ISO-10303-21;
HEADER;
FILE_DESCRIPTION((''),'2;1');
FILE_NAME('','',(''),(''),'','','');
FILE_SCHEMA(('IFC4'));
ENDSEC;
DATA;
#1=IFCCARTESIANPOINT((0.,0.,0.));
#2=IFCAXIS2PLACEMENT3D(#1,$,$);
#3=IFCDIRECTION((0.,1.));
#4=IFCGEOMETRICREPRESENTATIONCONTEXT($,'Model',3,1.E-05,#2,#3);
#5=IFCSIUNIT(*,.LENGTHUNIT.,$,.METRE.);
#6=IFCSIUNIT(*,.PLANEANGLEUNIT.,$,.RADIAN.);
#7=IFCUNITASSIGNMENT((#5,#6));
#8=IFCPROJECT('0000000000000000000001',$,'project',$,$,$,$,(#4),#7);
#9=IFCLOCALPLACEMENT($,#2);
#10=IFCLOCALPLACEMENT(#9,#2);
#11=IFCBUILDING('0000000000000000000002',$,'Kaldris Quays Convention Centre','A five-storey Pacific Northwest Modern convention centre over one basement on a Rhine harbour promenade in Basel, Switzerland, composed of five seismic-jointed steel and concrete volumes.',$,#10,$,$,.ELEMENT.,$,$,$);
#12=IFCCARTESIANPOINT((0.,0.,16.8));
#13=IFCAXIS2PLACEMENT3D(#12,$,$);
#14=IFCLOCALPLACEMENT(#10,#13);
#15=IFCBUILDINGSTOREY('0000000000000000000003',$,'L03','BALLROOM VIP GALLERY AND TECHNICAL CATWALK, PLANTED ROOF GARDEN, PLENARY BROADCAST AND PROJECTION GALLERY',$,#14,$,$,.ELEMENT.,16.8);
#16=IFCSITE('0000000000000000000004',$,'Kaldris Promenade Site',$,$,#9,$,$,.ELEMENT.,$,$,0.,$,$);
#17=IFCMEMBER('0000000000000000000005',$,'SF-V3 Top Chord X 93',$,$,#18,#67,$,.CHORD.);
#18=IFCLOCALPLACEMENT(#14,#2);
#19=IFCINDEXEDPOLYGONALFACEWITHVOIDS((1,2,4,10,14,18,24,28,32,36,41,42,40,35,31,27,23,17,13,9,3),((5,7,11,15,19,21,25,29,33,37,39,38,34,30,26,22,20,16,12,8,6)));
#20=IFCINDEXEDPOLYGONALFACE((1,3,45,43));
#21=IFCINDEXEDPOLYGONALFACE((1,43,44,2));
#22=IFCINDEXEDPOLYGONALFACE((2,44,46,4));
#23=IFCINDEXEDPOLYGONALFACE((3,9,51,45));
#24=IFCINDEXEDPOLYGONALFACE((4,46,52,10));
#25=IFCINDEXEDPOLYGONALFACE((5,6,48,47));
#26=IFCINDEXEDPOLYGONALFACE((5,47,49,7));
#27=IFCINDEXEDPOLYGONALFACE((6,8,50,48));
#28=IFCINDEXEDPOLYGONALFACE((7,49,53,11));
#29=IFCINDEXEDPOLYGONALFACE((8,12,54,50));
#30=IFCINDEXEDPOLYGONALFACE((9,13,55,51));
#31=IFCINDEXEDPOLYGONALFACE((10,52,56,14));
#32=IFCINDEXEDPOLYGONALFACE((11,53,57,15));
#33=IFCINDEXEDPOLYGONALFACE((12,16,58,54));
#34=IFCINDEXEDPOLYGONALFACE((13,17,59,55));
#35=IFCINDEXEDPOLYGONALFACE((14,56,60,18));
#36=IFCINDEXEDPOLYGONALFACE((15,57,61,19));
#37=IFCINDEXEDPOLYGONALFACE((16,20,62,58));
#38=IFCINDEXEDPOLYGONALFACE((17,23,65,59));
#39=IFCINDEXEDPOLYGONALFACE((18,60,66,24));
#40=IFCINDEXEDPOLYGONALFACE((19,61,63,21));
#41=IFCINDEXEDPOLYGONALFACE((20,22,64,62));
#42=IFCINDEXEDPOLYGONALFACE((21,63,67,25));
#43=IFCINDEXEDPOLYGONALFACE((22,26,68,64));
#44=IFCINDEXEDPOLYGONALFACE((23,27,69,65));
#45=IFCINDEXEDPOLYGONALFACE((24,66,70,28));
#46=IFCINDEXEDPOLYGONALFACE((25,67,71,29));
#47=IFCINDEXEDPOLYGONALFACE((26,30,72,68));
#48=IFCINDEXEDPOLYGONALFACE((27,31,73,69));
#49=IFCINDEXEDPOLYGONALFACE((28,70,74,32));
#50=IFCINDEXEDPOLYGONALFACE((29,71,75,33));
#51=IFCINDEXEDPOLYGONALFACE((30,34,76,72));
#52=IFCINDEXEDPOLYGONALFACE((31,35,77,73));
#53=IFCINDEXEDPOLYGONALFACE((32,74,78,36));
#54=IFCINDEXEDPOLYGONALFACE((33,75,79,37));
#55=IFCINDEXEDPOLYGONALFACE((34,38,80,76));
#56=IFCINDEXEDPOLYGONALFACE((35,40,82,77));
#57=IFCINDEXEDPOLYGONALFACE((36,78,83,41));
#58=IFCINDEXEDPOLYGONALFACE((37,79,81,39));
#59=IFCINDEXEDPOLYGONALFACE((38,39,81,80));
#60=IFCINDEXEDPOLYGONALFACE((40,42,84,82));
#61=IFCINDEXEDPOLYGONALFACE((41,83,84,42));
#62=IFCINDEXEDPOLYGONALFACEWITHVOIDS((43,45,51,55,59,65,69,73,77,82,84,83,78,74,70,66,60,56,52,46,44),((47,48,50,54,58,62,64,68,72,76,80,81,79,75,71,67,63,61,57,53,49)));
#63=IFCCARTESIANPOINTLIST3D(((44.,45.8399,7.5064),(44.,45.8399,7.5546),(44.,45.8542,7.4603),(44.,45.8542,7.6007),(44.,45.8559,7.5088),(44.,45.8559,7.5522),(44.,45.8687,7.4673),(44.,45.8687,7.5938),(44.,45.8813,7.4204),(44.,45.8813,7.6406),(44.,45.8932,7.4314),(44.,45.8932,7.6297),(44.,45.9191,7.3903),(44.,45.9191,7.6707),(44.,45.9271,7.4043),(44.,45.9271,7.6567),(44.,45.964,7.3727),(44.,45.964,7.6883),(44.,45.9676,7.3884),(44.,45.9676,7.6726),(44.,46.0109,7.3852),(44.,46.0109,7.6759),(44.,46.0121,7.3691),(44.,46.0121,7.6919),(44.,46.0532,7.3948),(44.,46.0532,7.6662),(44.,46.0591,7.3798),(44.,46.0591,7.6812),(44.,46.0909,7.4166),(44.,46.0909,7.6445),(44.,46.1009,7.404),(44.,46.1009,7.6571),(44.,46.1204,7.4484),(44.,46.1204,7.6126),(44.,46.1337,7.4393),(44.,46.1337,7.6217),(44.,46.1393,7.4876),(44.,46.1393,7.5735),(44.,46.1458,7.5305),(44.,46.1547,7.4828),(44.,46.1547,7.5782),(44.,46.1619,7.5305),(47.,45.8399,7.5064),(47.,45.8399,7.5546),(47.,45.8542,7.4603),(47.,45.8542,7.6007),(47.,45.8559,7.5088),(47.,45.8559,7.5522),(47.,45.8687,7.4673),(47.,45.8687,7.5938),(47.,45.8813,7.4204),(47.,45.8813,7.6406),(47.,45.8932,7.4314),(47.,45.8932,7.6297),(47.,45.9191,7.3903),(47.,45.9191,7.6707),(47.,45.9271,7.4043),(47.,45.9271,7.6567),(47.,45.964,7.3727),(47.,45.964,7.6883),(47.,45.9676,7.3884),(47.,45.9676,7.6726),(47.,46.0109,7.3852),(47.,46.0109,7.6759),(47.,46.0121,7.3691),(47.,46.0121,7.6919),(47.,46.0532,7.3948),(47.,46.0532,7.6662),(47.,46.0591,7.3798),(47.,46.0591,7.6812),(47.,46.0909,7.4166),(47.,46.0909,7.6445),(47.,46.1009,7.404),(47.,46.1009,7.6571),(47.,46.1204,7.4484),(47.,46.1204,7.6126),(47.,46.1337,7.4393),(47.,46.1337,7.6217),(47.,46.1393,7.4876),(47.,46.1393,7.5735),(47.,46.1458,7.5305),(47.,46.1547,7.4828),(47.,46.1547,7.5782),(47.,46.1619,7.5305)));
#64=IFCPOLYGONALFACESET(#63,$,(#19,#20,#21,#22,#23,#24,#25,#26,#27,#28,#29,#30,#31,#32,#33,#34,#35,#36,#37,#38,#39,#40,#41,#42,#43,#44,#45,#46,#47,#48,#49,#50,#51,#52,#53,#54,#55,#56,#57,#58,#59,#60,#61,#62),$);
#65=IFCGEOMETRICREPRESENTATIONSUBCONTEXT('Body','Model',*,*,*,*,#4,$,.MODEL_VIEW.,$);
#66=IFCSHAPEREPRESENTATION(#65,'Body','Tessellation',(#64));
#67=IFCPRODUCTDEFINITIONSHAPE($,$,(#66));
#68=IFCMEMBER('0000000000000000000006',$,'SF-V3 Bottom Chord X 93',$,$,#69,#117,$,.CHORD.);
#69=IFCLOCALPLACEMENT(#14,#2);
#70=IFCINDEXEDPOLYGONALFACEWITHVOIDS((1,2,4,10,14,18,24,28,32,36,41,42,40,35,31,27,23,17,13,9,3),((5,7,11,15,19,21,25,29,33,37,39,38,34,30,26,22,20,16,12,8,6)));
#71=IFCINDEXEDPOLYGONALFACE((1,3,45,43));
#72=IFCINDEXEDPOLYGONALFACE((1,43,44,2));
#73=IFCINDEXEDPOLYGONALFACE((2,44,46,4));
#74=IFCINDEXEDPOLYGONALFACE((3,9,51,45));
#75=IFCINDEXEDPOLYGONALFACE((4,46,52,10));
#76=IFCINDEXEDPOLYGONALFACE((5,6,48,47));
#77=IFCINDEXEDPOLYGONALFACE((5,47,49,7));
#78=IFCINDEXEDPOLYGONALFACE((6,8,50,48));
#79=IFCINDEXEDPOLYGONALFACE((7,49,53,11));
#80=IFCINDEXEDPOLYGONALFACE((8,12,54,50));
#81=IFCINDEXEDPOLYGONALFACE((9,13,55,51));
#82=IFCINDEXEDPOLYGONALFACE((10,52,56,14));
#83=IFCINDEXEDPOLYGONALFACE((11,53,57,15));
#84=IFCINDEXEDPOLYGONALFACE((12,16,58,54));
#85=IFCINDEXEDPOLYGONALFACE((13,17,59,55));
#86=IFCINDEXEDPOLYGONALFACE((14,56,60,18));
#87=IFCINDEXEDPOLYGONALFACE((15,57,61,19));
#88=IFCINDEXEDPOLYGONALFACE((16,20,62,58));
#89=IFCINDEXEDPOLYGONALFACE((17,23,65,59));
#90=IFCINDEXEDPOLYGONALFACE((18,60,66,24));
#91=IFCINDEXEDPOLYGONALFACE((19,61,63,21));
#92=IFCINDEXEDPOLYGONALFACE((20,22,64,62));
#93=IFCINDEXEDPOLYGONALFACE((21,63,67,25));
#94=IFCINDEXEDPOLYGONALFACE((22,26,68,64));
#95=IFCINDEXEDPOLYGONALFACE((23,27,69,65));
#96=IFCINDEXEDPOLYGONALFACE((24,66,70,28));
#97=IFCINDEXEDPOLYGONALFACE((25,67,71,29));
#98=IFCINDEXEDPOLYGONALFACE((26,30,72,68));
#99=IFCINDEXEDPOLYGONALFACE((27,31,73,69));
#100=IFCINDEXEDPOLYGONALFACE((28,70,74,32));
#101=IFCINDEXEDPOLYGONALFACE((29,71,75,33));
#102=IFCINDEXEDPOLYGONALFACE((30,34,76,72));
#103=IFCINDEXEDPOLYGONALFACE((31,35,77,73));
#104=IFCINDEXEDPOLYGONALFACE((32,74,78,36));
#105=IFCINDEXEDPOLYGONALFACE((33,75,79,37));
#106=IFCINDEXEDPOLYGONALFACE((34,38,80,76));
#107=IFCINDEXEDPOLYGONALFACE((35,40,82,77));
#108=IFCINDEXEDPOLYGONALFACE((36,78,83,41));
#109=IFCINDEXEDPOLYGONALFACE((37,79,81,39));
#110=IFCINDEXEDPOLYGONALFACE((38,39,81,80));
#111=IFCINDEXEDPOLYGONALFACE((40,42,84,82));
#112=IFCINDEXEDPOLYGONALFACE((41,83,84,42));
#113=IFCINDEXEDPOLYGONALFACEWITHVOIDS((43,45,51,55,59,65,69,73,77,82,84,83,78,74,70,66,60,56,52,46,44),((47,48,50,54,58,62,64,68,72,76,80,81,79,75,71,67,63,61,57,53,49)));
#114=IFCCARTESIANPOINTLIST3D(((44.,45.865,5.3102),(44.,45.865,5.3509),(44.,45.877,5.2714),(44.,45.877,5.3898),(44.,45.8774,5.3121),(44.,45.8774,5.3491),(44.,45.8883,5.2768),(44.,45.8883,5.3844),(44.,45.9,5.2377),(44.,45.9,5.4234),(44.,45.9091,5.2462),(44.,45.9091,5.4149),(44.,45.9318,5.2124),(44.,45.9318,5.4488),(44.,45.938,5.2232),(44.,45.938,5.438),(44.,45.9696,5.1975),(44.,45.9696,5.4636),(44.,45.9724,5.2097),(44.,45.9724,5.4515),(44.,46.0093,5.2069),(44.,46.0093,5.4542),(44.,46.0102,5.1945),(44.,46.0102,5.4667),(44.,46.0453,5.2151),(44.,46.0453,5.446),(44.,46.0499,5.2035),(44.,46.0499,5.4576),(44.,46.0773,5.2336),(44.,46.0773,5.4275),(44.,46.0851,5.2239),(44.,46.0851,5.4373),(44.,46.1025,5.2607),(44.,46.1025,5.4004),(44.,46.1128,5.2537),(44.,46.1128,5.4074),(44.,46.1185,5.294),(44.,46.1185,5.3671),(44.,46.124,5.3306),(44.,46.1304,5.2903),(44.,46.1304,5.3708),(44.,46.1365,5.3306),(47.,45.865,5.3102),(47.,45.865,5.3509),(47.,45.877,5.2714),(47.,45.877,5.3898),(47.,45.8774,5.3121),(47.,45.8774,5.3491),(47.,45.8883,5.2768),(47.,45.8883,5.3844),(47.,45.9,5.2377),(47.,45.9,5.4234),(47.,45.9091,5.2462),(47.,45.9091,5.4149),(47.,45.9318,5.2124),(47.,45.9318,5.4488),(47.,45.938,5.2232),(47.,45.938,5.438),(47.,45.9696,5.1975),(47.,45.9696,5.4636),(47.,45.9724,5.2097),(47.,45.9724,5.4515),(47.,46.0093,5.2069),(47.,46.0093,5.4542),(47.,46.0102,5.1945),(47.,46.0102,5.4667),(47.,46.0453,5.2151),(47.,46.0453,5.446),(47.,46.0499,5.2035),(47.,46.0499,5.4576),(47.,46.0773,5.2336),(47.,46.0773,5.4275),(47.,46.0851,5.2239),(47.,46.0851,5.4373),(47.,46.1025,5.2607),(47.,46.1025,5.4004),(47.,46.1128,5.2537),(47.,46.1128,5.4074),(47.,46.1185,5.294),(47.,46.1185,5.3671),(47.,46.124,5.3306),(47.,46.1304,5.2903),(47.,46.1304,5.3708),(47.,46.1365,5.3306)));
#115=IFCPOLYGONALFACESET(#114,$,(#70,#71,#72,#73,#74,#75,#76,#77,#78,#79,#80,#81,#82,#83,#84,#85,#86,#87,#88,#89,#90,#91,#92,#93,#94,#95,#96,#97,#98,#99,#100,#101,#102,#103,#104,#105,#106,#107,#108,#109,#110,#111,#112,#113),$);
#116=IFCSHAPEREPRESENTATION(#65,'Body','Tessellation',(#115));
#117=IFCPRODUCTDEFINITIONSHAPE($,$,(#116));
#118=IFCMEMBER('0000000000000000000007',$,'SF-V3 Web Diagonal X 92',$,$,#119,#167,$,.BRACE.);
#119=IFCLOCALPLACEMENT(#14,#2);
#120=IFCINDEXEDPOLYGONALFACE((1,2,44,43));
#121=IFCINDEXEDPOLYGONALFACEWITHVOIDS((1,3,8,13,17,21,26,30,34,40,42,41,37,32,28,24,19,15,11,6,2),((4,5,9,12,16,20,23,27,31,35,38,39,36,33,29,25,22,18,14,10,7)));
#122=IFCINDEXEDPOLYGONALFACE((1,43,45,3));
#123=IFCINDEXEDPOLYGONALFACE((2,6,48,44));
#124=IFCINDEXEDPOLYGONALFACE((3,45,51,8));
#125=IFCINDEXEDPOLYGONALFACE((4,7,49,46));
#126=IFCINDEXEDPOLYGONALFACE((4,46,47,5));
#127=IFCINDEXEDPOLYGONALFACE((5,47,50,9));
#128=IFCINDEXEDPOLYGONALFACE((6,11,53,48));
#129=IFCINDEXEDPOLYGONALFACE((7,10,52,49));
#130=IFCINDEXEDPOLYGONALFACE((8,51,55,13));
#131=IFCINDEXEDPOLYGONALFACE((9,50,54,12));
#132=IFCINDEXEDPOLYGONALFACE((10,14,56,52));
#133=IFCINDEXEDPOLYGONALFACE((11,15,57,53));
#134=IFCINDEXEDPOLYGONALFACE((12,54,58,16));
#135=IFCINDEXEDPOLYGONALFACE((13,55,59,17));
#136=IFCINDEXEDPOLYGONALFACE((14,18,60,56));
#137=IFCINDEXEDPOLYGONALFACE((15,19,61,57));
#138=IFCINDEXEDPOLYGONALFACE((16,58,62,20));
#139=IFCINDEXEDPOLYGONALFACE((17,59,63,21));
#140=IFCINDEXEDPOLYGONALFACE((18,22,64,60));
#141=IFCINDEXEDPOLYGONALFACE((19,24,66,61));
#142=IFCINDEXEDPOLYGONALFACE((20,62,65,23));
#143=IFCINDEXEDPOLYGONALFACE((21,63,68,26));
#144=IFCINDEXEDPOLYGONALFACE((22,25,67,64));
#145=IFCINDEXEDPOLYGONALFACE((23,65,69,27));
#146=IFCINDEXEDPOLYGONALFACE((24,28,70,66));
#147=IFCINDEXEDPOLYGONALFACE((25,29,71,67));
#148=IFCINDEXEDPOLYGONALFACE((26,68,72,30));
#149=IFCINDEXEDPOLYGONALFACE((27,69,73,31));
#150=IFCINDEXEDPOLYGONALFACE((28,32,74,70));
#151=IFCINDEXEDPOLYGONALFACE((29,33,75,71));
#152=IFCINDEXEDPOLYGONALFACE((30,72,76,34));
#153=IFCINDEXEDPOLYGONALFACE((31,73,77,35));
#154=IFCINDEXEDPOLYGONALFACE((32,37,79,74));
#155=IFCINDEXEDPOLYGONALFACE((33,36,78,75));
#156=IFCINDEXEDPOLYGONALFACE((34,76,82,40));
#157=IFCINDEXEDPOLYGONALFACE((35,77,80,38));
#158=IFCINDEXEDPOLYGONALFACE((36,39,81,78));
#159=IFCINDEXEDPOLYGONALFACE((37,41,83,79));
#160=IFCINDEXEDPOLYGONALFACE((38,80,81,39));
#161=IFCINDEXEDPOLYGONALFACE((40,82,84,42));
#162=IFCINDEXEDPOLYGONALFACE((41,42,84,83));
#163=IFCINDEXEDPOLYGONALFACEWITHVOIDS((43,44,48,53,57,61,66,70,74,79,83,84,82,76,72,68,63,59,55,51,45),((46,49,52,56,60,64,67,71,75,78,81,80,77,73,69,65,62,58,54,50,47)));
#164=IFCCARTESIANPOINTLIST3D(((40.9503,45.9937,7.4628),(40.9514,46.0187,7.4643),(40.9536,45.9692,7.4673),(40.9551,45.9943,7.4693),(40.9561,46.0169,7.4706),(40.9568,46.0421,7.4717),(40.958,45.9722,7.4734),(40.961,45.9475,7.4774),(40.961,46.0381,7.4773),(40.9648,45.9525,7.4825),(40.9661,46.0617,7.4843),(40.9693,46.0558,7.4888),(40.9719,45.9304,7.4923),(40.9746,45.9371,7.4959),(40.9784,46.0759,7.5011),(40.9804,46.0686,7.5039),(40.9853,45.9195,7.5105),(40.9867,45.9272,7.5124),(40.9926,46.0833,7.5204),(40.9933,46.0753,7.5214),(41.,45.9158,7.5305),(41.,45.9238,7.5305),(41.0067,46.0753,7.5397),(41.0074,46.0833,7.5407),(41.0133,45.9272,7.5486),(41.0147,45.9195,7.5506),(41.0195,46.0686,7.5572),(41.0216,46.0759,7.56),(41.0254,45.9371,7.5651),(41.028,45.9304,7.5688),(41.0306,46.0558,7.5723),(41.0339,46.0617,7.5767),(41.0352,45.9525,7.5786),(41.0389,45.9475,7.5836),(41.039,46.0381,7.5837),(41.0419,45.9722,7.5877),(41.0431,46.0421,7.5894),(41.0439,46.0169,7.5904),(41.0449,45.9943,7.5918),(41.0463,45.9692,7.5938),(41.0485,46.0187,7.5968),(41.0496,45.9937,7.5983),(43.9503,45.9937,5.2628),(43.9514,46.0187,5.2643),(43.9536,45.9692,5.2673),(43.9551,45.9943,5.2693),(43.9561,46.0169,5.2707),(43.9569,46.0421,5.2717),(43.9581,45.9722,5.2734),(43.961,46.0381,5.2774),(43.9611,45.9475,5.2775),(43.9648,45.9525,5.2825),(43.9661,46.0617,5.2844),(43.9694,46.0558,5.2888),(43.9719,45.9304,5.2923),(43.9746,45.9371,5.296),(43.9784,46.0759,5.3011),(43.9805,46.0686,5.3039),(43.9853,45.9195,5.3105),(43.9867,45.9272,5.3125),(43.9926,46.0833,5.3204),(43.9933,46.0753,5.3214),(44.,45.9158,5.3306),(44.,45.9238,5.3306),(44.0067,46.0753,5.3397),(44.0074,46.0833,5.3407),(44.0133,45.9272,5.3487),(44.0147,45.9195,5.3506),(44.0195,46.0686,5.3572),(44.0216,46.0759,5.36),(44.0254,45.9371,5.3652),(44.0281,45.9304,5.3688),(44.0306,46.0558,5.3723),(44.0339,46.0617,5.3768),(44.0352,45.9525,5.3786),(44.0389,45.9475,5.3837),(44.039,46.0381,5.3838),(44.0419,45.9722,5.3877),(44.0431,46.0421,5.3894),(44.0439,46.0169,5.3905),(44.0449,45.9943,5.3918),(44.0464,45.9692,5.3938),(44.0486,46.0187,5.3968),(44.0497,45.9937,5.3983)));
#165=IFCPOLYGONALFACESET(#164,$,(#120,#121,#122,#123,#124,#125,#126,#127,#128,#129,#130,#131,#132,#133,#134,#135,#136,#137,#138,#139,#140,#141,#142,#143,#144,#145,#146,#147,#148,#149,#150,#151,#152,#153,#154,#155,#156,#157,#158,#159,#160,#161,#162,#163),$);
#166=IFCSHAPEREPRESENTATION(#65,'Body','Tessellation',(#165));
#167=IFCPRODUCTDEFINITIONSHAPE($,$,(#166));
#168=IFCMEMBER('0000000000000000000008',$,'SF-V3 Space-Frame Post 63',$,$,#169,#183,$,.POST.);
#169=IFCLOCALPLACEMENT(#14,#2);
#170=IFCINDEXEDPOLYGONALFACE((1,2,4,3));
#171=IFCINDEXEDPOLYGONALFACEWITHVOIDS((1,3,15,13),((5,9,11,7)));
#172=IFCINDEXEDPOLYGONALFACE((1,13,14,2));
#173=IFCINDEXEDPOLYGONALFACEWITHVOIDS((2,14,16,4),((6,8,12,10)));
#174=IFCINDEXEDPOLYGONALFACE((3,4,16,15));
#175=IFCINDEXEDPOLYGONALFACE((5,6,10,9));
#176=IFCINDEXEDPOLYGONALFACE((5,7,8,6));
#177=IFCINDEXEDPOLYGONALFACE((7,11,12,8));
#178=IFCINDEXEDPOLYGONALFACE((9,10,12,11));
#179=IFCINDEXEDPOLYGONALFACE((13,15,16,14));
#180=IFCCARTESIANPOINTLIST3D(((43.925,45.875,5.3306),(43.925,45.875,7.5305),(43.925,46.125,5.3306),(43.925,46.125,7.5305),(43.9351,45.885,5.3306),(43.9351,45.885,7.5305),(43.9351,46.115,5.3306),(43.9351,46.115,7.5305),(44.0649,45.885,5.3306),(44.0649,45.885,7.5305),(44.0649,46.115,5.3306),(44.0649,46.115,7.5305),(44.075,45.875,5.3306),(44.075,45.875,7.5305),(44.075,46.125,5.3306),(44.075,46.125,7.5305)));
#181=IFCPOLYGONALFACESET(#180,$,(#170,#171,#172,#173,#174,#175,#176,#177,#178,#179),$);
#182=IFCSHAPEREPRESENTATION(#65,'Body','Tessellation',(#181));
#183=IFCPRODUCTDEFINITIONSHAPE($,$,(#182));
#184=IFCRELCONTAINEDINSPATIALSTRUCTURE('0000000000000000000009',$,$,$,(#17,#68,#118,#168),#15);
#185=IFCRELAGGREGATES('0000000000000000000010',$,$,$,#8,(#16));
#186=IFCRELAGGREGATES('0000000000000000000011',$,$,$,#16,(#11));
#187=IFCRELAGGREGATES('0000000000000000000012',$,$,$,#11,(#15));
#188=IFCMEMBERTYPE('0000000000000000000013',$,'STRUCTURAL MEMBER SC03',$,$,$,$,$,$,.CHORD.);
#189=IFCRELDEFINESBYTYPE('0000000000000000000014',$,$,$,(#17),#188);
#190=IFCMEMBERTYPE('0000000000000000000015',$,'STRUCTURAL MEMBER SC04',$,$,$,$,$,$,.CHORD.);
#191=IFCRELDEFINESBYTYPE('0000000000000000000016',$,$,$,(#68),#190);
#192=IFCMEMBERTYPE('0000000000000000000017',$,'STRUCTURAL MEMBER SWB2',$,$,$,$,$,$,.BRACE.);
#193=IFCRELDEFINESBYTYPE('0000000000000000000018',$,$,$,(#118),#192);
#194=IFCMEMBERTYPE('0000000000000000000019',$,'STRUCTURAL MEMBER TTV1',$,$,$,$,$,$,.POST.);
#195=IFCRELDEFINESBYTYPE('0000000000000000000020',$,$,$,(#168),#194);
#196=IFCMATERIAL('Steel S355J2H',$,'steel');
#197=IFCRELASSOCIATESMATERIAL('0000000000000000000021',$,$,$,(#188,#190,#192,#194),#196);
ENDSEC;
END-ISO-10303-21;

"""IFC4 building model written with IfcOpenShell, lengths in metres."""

from ifc_helpers import new_model, si_unit, direction, frame, origin, origin_2d, place, context, subcontext, project, spatial, hollow_rectangle, hollow_circle, extrude, material, material_profile, profile_set, type_object, element, save


model = new_model("IFC4")

# Units and contexts
model_context = context("Model", 3, precision=1e-05, world=origin(), true_north=direction((0.0, 1.0)))
body_context = subcontext(model_context, "Body", "Model", "MODEL_VIEW")
ifc_project = project(units=[si_unit("LENGTHUNIT", "METRE"), si_unit("PLANEANGLEUNIT", "RADIAN")], contexts=[model_context])

# Site, building, storey
site_placement = place(None, origin())
site = spatial("IfcSite", under=ifc_project, at=site_placement, Name="Kaldris Promenade Site", CompositionType="ELEMENT", RefElevation=0.0)
building_placement = place(site_placement, origin())
building = spatial("IfcBuilding", under=site, at=building_placement, Name="Kaldris Quays Convention Centre", Description="A five-storey Pacific Northwest Modern convention centre over one basement on a Rhine harbour promenade in Basel, Switzerland, composed of five seismic-jointed steel and concrete volumes.", CompositionType="ELEMENT")
storey_placement = place(building_placement, frame((0.0, 0.0, 16.8)))
storey = spatial("IfcBuildingStorey", under=building, at=storey_placement, Name="L03", Description="BALLROOM VIP GALLERY AND TECHNICAL CATWALK, PLANTED ROOF GARDEN, PLENARY BROADCAST AND PROJECTION GALLERY", CompositionType="ELEMENT", Elevation=16.8)

# Members
ifc_material_1 = material(Name="Steel S355J2H", Category="steel")
ifc_material_profile_1 = material_profile(ifc_material_1, hollow_circle(Radius=0.1619, WallThickness=0.0161, at=origin_2d()), Name="CHS 323.9x16")
ifc_profile_set_1 = profile_set([ifc_material_profile_1], Name="Steel S355J2H")
member_type_1 = type_object("IfcMemberType", Name="STRUCTURAL MEMBER SC03", PredefinedType="CHORD", material=ifc_profile_set_1)
member_1_placement = place(storey_placement, frame((44.0, 46.0, 7.5305), z_axis=(1.0, 0.0, 0.0), x_axis=(0.0, 1.0, 0.0)))
element("IfcMember", 1, at=member_1_placement, inside=storey, type_object=member_type_1, Name="SF-V3 Top Chord X 93", PredefinedType="CHORD", context=body_context, shape_type="SweptSolid", body=[
    extrude(hollow_circle(Radius=0.1619, WallThickness=0.0161, at=origin_2d()), origin(), (0.0, 0.0, 1.0), 3.0),
])
ifc_material_profile_2 = material_profile(ifc_material_1, hollow_circle(Radius=0.1365, WallThickness=0.0125, at=origin_2d()), Name="CHS 273x12.5")
ifc_profile_set_2 = profile_set([ifc_material_profile_2], Name="Steel S355J2H")
member_type_2 = type_object("IfcMemberType", Name="STRUCTURAL MEMBER SC04", PredefinedType="CHORD", material=ifc_profile_set_2)
member_2_placement = place(storey_placement, frame((44.0, 46.0, 5.3306), z_axis=(1.0, 0.0, 0.0), x_axis=(0.0, 1.0, 0.0)))
element("IfcMember", 2, at=member_2_placement, inside=storey, type_object=member_type_2, Name="SF-V3 Bottom Chord X 93", PredefinedType="CHORD", context=body_context, shape_type="SweptSolid", body=[
    extrude(hollow_circle(Radius=0.1365, WallThickness=0.0125, at=origin_2d()), origin(), (0.0, 0.0, 1.0), 3.0),
])
ifc_material_profile_3 = material_profile(ifc_material_1, hollow_circle(Radius=0.0842, WallThickness=0.0081, at=origin_2d()), Name="CHS 168.3x8")
ifc_profile_set_3 = profile_set([ifc_material_profile_3], Name="Steel S355J2H")
member_type_3 = type_object("IfcMemberType", Name="STRUCTURAL MEMBER SWB2", PredefinedType="BRACE", material=ifc_profile_set_3)
member_3_placement = place(storey_placement, frame((44.0, 46.0, 5.3306), z_axis=(-0.806411, 0.0, 0.591355), x_axis=(0.0, -1.0, 0.0)))
element("IfcMember", 3, at=member_3_placement, inside=storey, type_object=member_type_3, Name="SF-V3 Web Diagonal X 92", PredefinedType="BRACE", context=body_context, shape_type="SweptSolid", body=[
    extrude(hollow_circle(Radius=0.0842, WallThickness=0.0081, at=origin_2d()), origin(), (0.0, 0.0, 1.0), 3.7202),
])
ifc_material_profile_4 = material_profile(ifc_material_1, hollow_rectangle(XDim=0.1499, YDim=0.25, WallThickness=0.01, at=origin_2d()), Name="RHS 250x150x10")
ifc_profile_set_4 = profile_set([ifc_material_profile_4], Name="Steel S355J2H")
member_type_4 = type_object("IfcMemberType", Name="STRUCTURAL MEMBER TTV1", PredefinedType="POST", material=ifc_profile_set_4)
member_4_placement = place(storey_placement, frame((44.0, 46.0, 5.3306), z_axis=(0.0, 0.0, 1.0), x_axis=(1.0, 0.0, 0.0)))
element("IfcMember", 4, at=member_4_placement, inside=storey, type_object=member_type_4, Name="SF-V3 Space-Frame Post 63", PredefinedType="POST", context=body_context, shape_type="SweptSolid", body=[
    extrude(hollow_rectangle(XDim=0.1499, YDim=0.25, WallThickness=0.01, at=origin_2d()), origin(), (0.0, 0.0, 1.0), 2.2),
])

save(model, "model.ifc")
